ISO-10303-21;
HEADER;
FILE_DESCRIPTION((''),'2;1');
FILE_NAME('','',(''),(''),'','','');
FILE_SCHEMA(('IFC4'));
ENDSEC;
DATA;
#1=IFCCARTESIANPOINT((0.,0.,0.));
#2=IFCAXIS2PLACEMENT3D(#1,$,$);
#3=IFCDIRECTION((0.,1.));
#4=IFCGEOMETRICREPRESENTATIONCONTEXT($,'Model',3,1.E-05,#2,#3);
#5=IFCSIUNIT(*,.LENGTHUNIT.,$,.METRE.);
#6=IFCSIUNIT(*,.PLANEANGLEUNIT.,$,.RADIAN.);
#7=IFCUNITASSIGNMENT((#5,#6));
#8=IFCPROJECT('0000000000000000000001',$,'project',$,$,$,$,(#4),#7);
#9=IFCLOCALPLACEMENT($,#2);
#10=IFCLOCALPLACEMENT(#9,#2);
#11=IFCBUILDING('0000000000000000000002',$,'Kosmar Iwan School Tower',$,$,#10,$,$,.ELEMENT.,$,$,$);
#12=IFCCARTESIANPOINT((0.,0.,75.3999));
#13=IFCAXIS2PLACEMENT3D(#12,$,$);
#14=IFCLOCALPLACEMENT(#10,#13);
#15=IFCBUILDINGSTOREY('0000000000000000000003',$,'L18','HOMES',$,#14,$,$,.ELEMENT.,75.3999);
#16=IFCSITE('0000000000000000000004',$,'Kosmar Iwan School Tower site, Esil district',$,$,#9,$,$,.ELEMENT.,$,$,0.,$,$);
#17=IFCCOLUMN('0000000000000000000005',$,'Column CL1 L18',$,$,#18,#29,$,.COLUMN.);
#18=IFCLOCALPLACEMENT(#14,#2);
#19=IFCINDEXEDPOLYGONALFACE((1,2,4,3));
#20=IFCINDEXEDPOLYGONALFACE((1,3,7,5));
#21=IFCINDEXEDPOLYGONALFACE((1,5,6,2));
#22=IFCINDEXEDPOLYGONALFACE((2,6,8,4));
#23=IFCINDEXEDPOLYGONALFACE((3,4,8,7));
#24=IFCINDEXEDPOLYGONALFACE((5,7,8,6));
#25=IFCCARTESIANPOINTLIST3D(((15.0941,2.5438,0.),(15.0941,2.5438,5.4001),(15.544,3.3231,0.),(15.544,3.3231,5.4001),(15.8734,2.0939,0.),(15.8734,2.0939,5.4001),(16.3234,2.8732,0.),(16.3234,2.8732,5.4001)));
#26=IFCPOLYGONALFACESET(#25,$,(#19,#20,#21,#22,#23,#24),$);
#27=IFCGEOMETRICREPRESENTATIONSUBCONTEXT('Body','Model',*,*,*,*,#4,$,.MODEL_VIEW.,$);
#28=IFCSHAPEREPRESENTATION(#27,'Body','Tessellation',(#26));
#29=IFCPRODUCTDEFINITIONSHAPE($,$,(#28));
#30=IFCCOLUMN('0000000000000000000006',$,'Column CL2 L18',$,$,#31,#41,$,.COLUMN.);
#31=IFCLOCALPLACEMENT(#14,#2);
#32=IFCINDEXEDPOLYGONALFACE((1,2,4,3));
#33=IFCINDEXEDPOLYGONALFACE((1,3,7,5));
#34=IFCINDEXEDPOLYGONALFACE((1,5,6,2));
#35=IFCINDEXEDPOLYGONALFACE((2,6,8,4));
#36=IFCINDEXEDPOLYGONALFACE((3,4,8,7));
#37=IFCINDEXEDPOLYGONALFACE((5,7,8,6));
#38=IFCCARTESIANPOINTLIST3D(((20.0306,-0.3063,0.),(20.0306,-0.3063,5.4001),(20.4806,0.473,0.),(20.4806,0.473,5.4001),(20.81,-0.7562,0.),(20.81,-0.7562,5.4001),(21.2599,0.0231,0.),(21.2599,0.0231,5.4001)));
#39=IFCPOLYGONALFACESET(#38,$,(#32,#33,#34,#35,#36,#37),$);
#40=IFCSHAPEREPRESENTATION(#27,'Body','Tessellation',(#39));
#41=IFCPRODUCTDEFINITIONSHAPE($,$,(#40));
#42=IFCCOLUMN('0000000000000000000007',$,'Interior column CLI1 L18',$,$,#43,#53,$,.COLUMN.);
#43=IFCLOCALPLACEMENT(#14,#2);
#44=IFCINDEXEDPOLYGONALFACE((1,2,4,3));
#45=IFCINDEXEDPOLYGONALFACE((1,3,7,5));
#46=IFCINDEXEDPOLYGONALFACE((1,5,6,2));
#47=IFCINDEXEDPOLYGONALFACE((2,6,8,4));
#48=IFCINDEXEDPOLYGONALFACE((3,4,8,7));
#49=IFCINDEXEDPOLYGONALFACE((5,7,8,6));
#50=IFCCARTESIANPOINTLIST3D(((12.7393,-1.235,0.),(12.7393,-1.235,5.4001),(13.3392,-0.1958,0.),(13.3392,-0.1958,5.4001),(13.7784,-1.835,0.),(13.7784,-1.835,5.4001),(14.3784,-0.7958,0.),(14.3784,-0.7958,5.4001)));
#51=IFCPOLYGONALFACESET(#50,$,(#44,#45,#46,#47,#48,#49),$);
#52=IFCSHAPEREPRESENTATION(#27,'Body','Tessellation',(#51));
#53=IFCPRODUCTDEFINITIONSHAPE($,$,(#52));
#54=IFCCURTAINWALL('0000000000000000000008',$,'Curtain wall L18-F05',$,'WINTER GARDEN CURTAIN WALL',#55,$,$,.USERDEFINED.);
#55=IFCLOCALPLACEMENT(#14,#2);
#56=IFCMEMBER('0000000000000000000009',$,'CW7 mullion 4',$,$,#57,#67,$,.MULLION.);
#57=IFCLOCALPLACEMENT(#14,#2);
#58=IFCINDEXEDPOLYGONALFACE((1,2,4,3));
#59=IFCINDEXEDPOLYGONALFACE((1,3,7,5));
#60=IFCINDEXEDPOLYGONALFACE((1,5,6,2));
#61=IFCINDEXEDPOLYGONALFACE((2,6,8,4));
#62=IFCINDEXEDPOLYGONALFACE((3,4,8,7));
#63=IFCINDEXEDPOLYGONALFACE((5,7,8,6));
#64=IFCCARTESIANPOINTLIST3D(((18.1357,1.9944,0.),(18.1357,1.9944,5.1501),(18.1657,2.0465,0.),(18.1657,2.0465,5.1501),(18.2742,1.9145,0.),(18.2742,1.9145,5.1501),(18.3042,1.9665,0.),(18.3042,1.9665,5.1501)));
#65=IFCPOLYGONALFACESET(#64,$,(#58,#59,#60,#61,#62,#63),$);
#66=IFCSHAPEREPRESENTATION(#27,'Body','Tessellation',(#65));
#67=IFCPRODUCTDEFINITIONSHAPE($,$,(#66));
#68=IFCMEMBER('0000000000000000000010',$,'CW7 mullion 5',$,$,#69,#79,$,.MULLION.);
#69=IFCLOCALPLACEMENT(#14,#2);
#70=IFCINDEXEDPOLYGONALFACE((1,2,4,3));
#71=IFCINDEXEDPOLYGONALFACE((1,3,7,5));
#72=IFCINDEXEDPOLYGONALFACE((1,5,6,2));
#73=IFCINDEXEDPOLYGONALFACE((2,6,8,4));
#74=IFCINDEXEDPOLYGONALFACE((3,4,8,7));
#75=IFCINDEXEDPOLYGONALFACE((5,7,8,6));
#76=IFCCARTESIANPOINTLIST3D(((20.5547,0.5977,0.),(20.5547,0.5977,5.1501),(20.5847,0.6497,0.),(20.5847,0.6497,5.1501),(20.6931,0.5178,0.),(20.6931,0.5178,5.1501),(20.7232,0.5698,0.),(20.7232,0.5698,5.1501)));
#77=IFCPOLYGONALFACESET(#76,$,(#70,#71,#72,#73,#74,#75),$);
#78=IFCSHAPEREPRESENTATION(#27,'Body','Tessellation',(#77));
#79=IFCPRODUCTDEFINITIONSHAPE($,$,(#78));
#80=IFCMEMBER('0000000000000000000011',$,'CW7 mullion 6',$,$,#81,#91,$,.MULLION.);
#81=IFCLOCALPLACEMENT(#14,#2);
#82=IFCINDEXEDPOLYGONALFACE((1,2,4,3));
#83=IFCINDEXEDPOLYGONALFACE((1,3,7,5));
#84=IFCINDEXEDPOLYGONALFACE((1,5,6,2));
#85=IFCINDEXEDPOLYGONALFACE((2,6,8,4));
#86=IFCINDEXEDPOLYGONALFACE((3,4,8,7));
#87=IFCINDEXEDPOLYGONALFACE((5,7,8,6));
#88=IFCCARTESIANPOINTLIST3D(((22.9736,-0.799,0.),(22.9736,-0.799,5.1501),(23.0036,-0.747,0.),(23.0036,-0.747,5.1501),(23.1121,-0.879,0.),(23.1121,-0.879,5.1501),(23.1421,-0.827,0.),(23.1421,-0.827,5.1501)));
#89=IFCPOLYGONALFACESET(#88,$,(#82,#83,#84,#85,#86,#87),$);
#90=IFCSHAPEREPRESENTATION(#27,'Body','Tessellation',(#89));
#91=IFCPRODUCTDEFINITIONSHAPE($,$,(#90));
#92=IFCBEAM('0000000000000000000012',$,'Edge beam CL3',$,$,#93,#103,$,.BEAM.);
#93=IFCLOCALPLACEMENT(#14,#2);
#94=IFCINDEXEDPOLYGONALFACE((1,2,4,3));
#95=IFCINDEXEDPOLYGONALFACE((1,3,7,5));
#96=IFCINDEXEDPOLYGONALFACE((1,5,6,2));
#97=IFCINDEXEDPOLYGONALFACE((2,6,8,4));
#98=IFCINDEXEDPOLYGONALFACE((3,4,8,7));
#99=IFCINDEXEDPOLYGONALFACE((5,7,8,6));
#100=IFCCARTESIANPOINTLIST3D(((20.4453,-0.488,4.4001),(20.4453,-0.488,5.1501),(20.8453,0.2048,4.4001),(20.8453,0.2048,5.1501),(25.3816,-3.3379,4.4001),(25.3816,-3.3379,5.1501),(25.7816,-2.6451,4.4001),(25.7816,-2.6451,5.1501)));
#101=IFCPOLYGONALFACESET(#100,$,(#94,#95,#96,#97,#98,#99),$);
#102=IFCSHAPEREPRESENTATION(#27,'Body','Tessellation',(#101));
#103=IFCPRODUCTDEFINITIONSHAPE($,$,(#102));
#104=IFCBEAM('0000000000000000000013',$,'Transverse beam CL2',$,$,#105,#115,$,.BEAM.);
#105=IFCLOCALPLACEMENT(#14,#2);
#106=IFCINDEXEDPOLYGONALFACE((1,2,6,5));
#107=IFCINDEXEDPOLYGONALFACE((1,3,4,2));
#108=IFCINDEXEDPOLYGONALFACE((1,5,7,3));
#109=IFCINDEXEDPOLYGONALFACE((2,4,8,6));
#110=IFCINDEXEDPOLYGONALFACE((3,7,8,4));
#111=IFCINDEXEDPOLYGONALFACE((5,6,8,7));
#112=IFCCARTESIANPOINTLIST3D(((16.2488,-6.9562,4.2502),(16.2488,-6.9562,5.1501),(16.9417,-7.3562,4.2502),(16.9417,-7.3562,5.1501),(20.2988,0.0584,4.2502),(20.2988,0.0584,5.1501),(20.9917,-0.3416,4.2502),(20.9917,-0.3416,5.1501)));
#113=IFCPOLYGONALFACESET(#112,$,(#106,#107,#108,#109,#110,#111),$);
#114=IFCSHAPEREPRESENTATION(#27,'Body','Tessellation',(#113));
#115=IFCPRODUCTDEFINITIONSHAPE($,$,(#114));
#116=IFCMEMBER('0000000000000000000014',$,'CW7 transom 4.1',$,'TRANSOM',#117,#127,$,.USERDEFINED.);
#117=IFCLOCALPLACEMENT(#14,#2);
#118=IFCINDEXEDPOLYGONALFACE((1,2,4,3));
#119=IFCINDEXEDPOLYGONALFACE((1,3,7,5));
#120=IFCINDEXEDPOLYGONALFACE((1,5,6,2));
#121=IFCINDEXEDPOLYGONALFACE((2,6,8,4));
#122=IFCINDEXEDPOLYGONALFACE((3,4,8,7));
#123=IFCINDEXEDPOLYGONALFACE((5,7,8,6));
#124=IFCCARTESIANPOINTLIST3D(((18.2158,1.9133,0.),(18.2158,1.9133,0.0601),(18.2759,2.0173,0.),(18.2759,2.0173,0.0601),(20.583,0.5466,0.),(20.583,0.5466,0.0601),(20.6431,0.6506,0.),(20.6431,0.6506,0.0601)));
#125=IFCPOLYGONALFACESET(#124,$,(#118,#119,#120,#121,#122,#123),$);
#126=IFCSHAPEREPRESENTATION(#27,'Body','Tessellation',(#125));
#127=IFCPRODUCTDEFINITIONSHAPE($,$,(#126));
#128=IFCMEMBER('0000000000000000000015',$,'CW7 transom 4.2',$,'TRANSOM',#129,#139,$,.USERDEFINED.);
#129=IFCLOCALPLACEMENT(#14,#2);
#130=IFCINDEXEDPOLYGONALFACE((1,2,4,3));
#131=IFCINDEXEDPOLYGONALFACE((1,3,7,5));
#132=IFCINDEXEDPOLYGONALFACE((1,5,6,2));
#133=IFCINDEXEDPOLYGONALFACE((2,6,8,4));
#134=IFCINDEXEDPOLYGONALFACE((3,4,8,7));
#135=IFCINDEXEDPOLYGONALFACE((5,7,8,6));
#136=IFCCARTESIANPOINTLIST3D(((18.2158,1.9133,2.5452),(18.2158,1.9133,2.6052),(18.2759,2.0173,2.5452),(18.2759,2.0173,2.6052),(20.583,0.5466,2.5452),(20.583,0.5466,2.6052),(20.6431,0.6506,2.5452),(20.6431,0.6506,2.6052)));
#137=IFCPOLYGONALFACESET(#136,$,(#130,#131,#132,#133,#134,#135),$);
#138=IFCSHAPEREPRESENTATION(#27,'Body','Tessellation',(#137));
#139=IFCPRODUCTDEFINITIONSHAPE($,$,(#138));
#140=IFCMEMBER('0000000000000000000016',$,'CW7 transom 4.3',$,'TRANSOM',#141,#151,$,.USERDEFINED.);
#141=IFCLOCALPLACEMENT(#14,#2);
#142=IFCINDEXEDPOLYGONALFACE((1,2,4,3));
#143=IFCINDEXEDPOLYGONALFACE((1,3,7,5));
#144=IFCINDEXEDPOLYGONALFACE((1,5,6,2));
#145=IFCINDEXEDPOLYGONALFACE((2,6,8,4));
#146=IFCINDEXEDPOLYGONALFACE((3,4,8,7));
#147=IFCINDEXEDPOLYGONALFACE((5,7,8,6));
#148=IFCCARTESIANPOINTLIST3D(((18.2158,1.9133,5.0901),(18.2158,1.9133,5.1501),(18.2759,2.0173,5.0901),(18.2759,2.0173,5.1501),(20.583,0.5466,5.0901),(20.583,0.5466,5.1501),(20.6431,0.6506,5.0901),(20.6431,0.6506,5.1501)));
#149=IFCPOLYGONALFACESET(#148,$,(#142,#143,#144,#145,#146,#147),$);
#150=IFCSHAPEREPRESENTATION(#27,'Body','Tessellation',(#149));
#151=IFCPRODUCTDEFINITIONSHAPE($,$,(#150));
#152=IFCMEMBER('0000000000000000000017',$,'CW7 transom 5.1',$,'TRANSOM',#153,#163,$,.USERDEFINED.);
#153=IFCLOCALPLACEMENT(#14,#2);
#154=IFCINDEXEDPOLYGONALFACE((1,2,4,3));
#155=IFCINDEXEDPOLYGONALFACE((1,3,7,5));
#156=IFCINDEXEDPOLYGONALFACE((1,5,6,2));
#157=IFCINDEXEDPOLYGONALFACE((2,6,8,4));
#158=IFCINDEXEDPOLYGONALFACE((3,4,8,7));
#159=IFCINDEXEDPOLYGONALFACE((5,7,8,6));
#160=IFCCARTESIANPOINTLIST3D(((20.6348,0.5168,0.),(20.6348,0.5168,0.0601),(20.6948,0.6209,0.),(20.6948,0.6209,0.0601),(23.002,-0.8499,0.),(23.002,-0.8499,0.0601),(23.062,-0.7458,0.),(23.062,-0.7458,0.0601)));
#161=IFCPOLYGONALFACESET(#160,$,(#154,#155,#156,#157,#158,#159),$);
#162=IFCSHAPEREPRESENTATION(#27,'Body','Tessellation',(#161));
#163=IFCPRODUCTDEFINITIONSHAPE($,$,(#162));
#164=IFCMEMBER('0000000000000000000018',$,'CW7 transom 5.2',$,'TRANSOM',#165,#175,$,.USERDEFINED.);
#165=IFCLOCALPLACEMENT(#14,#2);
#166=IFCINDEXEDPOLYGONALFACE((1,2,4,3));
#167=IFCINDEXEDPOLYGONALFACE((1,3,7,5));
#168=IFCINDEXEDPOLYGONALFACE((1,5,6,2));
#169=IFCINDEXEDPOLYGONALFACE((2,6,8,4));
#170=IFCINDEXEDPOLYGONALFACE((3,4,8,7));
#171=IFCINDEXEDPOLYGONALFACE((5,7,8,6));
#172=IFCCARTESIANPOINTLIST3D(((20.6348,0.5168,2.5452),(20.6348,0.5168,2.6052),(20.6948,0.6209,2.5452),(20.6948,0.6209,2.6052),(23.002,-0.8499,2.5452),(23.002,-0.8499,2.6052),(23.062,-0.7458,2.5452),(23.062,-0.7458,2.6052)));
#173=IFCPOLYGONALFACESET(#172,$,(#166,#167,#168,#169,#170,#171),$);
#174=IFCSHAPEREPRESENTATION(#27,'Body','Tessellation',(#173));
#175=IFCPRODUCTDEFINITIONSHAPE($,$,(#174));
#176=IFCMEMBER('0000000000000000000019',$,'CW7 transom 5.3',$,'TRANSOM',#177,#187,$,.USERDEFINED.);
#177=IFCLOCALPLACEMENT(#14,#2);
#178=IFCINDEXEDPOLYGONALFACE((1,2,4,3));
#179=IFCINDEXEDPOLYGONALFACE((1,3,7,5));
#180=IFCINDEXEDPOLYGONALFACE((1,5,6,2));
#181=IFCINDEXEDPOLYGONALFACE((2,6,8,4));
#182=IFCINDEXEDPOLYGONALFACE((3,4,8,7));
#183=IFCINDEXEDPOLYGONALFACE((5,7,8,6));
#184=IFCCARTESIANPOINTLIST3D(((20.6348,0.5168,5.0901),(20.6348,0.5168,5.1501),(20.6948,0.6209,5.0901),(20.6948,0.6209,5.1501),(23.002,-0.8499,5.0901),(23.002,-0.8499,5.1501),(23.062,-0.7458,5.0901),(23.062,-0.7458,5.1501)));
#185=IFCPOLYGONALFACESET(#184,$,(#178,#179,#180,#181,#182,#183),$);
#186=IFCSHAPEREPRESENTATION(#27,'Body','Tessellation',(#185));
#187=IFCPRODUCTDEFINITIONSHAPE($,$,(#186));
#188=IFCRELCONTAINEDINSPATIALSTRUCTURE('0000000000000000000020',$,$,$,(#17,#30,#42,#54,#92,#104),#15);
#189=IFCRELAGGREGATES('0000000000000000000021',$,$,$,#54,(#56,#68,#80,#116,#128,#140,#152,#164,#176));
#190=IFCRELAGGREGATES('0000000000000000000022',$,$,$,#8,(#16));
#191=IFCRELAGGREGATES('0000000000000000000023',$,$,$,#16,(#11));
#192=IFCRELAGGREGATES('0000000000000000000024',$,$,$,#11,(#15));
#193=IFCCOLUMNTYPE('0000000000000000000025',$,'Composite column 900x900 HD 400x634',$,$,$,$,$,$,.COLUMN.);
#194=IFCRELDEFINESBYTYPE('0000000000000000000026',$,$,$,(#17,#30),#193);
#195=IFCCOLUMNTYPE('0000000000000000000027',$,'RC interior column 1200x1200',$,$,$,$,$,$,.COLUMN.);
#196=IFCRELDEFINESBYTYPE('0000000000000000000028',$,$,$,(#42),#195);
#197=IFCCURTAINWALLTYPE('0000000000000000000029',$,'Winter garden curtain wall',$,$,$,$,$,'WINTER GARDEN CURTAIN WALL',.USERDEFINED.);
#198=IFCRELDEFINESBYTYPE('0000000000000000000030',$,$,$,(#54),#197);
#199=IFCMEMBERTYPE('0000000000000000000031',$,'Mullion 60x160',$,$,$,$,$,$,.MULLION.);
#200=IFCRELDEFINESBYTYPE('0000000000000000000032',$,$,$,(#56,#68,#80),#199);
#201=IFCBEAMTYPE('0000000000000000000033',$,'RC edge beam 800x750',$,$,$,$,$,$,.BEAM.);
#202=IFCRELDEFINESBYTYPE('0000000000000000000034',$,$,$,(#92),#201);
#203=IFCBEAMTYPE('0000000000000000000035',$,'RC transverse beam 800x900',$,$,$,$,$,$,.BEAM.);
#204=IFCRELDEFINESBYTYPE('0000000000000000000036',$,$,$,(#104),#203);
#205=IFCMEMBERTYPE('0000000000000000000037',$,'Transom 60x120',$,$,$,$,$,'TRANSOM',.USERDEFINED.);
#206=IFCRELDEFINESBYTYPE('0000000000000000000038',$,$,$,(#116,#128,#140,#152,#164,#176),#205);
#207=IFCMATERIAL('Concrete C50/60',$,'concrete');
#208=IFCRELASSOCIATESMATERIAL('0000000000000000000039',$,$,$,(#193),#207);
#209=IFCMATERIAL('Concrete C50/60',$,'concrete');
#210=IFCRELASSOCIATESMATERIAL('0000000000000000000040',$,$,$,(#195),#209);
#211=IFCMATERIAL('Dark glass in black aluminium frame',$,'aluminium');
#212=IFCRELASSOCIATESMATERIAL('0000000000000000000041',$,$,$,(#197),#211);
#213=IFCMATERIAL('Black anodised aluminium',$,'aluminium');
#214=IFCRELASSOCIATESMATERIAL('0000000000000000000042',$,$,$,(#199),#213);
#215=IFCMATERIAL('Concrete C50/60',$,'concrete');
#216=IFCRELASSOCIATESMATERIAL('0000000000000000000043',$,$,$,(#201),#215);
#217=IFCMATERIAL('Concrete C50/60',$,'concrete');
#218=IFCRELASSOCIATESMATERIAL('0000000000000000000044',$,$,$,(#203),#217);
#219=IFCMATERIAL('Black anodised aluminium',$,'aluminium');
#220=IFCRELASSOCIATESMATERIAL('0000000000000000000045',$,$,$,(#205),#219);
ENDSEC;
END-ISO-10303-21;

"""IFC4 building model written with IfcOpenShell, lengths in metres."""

from ifc_helpers import new_model, si_unit, direction, frame, origin, origin_2d, place, context, subcontext, project, spatial, rectangle, extrude, material, material_profile, profile_set, type_object, element, aggregate, save


model = new_model("IFC4")

# Units and contexts
model_context = context("Model", 3, precision=1e-05, world=origin(), true_north=direction((0.0, 1.0)))
body_context = subcontext(model_context, "Body", "Model", "MODEL_VIEW")
ifc_project = project(units=[si_unit("LENGTHUNIT", "METRE"), si_unit("PLANEANGLEUNIT", "RADIAN")], contexts=[model_context])

# Site, building, storey
site_placement = place(None, origin())
site = spatial("IfcSite", under=ifc_project, at=site_placement, Name="Kosmar Iwan School Tower site, Esil district", CompositionType="ELEMENT", RefElevation=0.0)
building_placement = place(site_placement, origin())
building = spatial("IfcBuilding", under=site, at=building_placement, Name="Kosmar Iwan School Tower", CompositionType="ELEMENT")
storey_placement = place(building_placement, frame((0.0, 0.0, 75.3999)))
storey = spatial("IfcBuildingStorey", under=building, at=storey_placement, Name="L18", Description="HOMES", CompositionType="ELEMENT", Elevation=75.3999)

# Columns
ifc_material_1 = material(Name="Concrete C50/60", Category="concrete")
ifc_material_profile_1 = material_profile(ifc_material_1, rectangle(XDim=0.8999, YDim=0.8999, at=origin_2d()), Name="RC 900x900 + HD 400x634")
ifc_profile_set_1 = profile_set([ifc_material_profile_1], Name="Concrete C50/60")
column_type_1 = type_object("IfcColumnType", Name="Composite column 900x900 HD 400x634", PredefinedType="COLUMN", material=ifc_profile_set_1)
for number, where, z_axis, x_axis, name in (
    (1, (15.7087, 2.7085, 0.0), (0.0, 0.0, 1.0), (0.866025, -0.5, 0.0), "Column CL1 L18"),
    (2, (20.6453, -0.1416, 0.0), (0.0, 0.0, 1.0), (0.866025, -0.5, 0.0), "Column CL2 L18"),
):
    element("IfcColumn", number, at=place(storey_placement, frame(where, z_axis=z_axis, x_axis=x_axis)), inside=storey, type_object=column_type_1, Name=name, PredefinedType="COLUMN", context=body_context, shape_type="SweptSolid", body=[
        extrude(rectangle(XDim=0.8999, YDim=0.8999, at=origin_2d()), origin(), (0.0, 0.0, 1.0), 5.4001),
    ])
ifc_material_2 = material(Name="Concrete C50/60", Category="concrete")
ifc_material_profile_2 = material_profile(ifc_material_2, rectangle(XDim=1.2, YDim=1.2, at=origin_2d()), Name="RC 1200x1200")
ifc_profile_set_2 = profile_set([ifc_material_profile_2], Name="Concrete C50/60")
column_type_2 = type_object("IfcColumnType", Name="RC interior column 1200x1200", PredefinedType="COLUMN", material=ifc_profile_set_2)
column_placement = place(storey_placement, frame((13.5588, -1.0154, 0.0), z_axis=(0.0, 0.0, 1.0), x_axis=(0.866025, -0.5, 0.0)))
element("IfcColumn", 3, at=column_placement, inside=storey, type_object=column_type_2, Name="Interior column CLI1 L18", PredefinedType="COLUMN", context=body_context, shape_type="SweptSolid", body=[
    extrude(rectangle(XDim=1.2, YDim=1.2, at=origin_2d()), origin(), (0.0, 0.0, 1.0), 5.4001),
])

# Curtain wall, members
ifc_material_3 = material(Name="Dark glass in black aluminium frame", Category="aluminium")
curtain_wall_type = type_object("IfcCurtainWallType", Name="Winter garden curtain wall", ElementType="WINTER GARDEN CURTAIN WALL", PredefinedType="USERDEFINED", material=ifc_material_3)
curtain_wall_placement = place(storey_placement, origin())
curtain_wall = element("IfcCurtainWall", 4, at=curtain_wall_placement, inside=storey, type_object=curtain_wall_type, Name="Curtain wall L18-F05", ObjectType="WINTER GARDEN CURTAIN WALL", PredefinedType="USERDEFINED")
ifc_material_4 = material(Name="Black anodised aluminium", Category="aluminium")
ifc_material_profile_3 = material_profile(ifc_material_4, rectangle(XDim=0.0601, YDim=0.1599, at=origin_2d()), Name="MULLION 60x160")
ifc_profile_set_3 = profile_set([ifc_material_profile_3], Name="Black anodised aluminium")
member_type_1 = type_object("IfcMemberType", Name="Mullion 60x160", PredefinedType="MULLION", material=ifc_profile_set_3)
member_1_placement = place(storey_placement, frame((18.22, 1.9805, 0.0), z_axis=(0.0, 0.0, 1.0), x_axis=(0.5, 0.866025, 0.0)))
member_1 = element("IfcMember", 5, at=member_1_placement, type_object=member_type_1, Name="CW7 mullion 4", PredefinedType="MULLION", context=body_context, shape_type="SweptSolid", body=[
    extrude(rectangle(XDim=0.0601, YDim=0.1599, at=origin_2d()), origin(), (0.0, 0.0, 1.0), 5.1501),
])
member_2_placement = place(storey_placement, frame((20.6389, 0.5837, 0.0), z_axis=(0.0, 0.0, 1.0), x_axis=(0.5, 0.866025, 0.0)))
member_2 = element("IfcMember", 6, at=member_2_placement, type_object=member_type_1, Name="CW7 mullion 5", PredefinedType="MULLION", context=body_context, shape_type="SweptSolid", body=[
    extrude(rectangle(XDim=0.0601, YDim=0.1599, at=origin_2d()), origin(), (0.0, 0.0, 1.0), 5.1501),
])
member_3_placement = place(storey_placement, frame((23.0579, -0.813, 0.0), z_axis=(0.0, 0.0, 1.0), x_axis=(0.5, 0.866025, 0.0)))
member_3 = element("IfcMember", 7, at=member_3_placement, type_object=member_type_1, Name="CW7 mullion 6", PredefinedType="MULLION", context=body_context, shape_type="SweptSolid", body=[
    extrude(rectangle(XDim=0.0601, YDim=0.1599, at=origin_2d()), origin(), (0.0, 0.0, 1.0), 5.1501),
])

# Beams
ifc_material_5 = material(Name="Concrete C50/60", Category="concrete")
ifc_material_profile_4 = material_profile(ifc_material_5, rectangle(XDim=0.8, YDim=0.75, at=origin_2d()), Name="RC 800x750")
ifc_profile_set_4 = profile_set([ifc_material_profile_4], Name="Concrete C50/60")
beam_type_1 = type_object("IfcBeamType", Name="RC edge beam 800x750", PredefinedType="BEAM", material=ifc_profile_set_4)
beam_1_placement = place(storey_placement, frame((20.6453, -0.1416, 4.7751), z_axis=(0.866034, -0.499986, 0.0), x_axis=(0.499986, 0.866034, 0.0)))
element("IfcBeam", 8, at=beam_1_placement, inside=storey, type_object=beam_type_1, Name="Edge beam CL3", PredefinedType="BEAM", context=body_context, shape_type="SweptSolid", body=[
    extrude(rectangle(XDim=0.8, YDim=0.75, at=origin_2d()), origin(), (0.0, 0.0, 1.0), 5.7),
])
ifc_material_6 = material(Name="Concrete C50/60", Category="concrete")
ifc_material_profile_5 = material_profile(ifc_material_6, rectangle(XDim=0.8, YDim=0.8999, at=origin_2d()), Name="RC 800x900")
ifc_profile_set_5 = profile_set([ifc_material_profile_5], Name="Concrete C50/60")
beam_type_2 = type_object("IfcBeamType", Name="RC transverse beam 800x900", PredefinedType="BEAM", material=ifc_profile_set_5)
beam_2_placement = place(storey_placement, frame((20.6453, -0.1416, 4.7002), z_axis=(-0.500013, -0.866018, 0.0), x_axis=(0.866018, -0.500013, 0.0)))
element("IfcBeam", 9, at=beam_2_placement, inside=storey, type_object=beam_type_2, Name="Transverse beam CL2", PredefinedType="BEAM", context=body_context, shape_type="SweptSolid", body=[
    extrude(rectangle(XDim=0.8, YDim=0.8999, at=origin_2d()), origin(), (0.0, 0.0, 1.0), 8.0999),
])

# Members
ifc_material_7 = material(Name="Black anodised aluminium", Category="aluminium")
ifc_material_profile_6 = material_profile(ifc_material_7, rectangle(XDim=0.1201, YDim=0.0601, at=origin_2d()), Name="TRANSOM 60x120")
ifc_profile_set_6 = profile_set([ifc_material_profile_6], Name="Black anodised aluminium")
member_type_2 = type_object("IfcMemberType", Name="Transom 60x120", ElementType="TRANSOM", PredefinedType="USERDEFINED", material=ifc_profile_set_6)
member_4_placement = place(storey_placement, frame((18.2458, 1.9653, 0.03), z_axis=(0.866025, -0.500001, 0.0), x_axis=(0.500001, 0.866025, 0.0)))
member_4 = element("IfcMember", 10, at=member_4_placement, type_object=member_type_2, Name="CW7 transom 4.1", ObjectType="TRANSOM", PredefinedType="USERDEFINED", context=body_context, shape_type="SweptSolid", body=[
    extrude(rectangle(XDim=0.1201, YDim=0.0601, at=origin_2d()), origin(), (0.0, 0.0, 1.0), 2.7334),
])
member_5_placement = place(storey_placement, frame((18.2458, 1.9653, 2.5752), z_axis=(0.866025, -0.500001, 0.0), x_axis=(0.500001, 0.866025, 0.0)))
member_5 = element("IfcMember", 11, at=member_5_placement, type_object=member_type_2, Name="CW7 transom 4.2", ObjectType="TRANSOM", PredefinedType="USERDEFINED", context=body_context, shape_type="SweptSolid", body=[
    extrude(rectangle(XDim=0.1201, YDim=0.0601, at=origin_2d()), origin(), (0.0, 0.0, 1.0), 2.7334),
])
member_6_placement = place(storey_placement, frame((18.2458, 1.9653, 5.1201), z_axis=(0.866025, -0.500001, 0.0), x_axis=(0.500001, 0.866025, 0.0)))
member_6 = element("IfcMember", 12, at=member_6_placement, type_object=member_type_2, Name="CW7 transom 4.3", ObjectType="TRANSOM", PredefinedType="USERDEFINED", context=body_context, shape_type="SweptSolid", body=[
    extrude(rectangle(XDim=0.1201, YDim=0.0601, at=origin_2d()), origin(), (0.0, 0.0, 1.0), 2.7334),
])
member_7_placement = place(storey_placement, frame((20.6648, 0.5688, 0.03), z_axis=(0.866025, -0.500001, 0.0), x_axis=(0.500001, 0.866025, 0.0)))
member_7 = element("IfcMember", 13, at=member_7_placement, type_object=member_type_2, Name="CW7 transom 5.1", ObjectType="TRANSOM", PredefinedType="USERDEFINED", context=body_context, shape_type="SweptSolid", body=[
    extrude(rectangle(XDim=0.1201, YDim=0.0601, at=origin_2d()), origin(), (0.0, 0.0, 1.0), 2.7334),
])
member_8_placement = place(storey_placement, frame((20.6648, 0.5688, 2.5752), z_axis=(0.866025, -0.500001, 0.0), x_axis=(0.500001, 0.866025, 0.0)))
member_8 = element("IfcMember", 14, at=member_8_placement, type_object=member_type_2, Name="CW7 transom 5.2", ObjectType="TRANSOM", PredefinedType="USERDEFINED", context=body_context, shape_type="SweptSolid", body=[
    extrude(rectangle(XDim=0.1201, YDim=0.0601, at=origin_2d()), origin(), (0.0, 0.0, 1.0), 2.7334),
])
member_9_placement = place(storey_placement, frame((20.6648, 0.5688, 5.1201), z_axis=(0.866025, -0.500001, 0.0), x_axis=(0.500001, 0.866025, 0.0)))
member_9 = element("IfcMember", 15, at=member_9_placement, type_object=member_type_2, Name="CW7 transom 5.3", ObjectType="TRANSOM", PredefinedType="USERDEFINED", context=body_context, shape_type="SweptSolid", body=[
    extrude(rectangle(XDim=0.1201, YDim=0.0601, at=origin_2d()), origin(), (0.0, 0.0, 1.0), 2.7334),
])

aggregate(curtain_wall, [member_1, member_2, member_3, member_4, member_5, member_6, member_7, member_8, member_9])

save(model, "model.ifc")
